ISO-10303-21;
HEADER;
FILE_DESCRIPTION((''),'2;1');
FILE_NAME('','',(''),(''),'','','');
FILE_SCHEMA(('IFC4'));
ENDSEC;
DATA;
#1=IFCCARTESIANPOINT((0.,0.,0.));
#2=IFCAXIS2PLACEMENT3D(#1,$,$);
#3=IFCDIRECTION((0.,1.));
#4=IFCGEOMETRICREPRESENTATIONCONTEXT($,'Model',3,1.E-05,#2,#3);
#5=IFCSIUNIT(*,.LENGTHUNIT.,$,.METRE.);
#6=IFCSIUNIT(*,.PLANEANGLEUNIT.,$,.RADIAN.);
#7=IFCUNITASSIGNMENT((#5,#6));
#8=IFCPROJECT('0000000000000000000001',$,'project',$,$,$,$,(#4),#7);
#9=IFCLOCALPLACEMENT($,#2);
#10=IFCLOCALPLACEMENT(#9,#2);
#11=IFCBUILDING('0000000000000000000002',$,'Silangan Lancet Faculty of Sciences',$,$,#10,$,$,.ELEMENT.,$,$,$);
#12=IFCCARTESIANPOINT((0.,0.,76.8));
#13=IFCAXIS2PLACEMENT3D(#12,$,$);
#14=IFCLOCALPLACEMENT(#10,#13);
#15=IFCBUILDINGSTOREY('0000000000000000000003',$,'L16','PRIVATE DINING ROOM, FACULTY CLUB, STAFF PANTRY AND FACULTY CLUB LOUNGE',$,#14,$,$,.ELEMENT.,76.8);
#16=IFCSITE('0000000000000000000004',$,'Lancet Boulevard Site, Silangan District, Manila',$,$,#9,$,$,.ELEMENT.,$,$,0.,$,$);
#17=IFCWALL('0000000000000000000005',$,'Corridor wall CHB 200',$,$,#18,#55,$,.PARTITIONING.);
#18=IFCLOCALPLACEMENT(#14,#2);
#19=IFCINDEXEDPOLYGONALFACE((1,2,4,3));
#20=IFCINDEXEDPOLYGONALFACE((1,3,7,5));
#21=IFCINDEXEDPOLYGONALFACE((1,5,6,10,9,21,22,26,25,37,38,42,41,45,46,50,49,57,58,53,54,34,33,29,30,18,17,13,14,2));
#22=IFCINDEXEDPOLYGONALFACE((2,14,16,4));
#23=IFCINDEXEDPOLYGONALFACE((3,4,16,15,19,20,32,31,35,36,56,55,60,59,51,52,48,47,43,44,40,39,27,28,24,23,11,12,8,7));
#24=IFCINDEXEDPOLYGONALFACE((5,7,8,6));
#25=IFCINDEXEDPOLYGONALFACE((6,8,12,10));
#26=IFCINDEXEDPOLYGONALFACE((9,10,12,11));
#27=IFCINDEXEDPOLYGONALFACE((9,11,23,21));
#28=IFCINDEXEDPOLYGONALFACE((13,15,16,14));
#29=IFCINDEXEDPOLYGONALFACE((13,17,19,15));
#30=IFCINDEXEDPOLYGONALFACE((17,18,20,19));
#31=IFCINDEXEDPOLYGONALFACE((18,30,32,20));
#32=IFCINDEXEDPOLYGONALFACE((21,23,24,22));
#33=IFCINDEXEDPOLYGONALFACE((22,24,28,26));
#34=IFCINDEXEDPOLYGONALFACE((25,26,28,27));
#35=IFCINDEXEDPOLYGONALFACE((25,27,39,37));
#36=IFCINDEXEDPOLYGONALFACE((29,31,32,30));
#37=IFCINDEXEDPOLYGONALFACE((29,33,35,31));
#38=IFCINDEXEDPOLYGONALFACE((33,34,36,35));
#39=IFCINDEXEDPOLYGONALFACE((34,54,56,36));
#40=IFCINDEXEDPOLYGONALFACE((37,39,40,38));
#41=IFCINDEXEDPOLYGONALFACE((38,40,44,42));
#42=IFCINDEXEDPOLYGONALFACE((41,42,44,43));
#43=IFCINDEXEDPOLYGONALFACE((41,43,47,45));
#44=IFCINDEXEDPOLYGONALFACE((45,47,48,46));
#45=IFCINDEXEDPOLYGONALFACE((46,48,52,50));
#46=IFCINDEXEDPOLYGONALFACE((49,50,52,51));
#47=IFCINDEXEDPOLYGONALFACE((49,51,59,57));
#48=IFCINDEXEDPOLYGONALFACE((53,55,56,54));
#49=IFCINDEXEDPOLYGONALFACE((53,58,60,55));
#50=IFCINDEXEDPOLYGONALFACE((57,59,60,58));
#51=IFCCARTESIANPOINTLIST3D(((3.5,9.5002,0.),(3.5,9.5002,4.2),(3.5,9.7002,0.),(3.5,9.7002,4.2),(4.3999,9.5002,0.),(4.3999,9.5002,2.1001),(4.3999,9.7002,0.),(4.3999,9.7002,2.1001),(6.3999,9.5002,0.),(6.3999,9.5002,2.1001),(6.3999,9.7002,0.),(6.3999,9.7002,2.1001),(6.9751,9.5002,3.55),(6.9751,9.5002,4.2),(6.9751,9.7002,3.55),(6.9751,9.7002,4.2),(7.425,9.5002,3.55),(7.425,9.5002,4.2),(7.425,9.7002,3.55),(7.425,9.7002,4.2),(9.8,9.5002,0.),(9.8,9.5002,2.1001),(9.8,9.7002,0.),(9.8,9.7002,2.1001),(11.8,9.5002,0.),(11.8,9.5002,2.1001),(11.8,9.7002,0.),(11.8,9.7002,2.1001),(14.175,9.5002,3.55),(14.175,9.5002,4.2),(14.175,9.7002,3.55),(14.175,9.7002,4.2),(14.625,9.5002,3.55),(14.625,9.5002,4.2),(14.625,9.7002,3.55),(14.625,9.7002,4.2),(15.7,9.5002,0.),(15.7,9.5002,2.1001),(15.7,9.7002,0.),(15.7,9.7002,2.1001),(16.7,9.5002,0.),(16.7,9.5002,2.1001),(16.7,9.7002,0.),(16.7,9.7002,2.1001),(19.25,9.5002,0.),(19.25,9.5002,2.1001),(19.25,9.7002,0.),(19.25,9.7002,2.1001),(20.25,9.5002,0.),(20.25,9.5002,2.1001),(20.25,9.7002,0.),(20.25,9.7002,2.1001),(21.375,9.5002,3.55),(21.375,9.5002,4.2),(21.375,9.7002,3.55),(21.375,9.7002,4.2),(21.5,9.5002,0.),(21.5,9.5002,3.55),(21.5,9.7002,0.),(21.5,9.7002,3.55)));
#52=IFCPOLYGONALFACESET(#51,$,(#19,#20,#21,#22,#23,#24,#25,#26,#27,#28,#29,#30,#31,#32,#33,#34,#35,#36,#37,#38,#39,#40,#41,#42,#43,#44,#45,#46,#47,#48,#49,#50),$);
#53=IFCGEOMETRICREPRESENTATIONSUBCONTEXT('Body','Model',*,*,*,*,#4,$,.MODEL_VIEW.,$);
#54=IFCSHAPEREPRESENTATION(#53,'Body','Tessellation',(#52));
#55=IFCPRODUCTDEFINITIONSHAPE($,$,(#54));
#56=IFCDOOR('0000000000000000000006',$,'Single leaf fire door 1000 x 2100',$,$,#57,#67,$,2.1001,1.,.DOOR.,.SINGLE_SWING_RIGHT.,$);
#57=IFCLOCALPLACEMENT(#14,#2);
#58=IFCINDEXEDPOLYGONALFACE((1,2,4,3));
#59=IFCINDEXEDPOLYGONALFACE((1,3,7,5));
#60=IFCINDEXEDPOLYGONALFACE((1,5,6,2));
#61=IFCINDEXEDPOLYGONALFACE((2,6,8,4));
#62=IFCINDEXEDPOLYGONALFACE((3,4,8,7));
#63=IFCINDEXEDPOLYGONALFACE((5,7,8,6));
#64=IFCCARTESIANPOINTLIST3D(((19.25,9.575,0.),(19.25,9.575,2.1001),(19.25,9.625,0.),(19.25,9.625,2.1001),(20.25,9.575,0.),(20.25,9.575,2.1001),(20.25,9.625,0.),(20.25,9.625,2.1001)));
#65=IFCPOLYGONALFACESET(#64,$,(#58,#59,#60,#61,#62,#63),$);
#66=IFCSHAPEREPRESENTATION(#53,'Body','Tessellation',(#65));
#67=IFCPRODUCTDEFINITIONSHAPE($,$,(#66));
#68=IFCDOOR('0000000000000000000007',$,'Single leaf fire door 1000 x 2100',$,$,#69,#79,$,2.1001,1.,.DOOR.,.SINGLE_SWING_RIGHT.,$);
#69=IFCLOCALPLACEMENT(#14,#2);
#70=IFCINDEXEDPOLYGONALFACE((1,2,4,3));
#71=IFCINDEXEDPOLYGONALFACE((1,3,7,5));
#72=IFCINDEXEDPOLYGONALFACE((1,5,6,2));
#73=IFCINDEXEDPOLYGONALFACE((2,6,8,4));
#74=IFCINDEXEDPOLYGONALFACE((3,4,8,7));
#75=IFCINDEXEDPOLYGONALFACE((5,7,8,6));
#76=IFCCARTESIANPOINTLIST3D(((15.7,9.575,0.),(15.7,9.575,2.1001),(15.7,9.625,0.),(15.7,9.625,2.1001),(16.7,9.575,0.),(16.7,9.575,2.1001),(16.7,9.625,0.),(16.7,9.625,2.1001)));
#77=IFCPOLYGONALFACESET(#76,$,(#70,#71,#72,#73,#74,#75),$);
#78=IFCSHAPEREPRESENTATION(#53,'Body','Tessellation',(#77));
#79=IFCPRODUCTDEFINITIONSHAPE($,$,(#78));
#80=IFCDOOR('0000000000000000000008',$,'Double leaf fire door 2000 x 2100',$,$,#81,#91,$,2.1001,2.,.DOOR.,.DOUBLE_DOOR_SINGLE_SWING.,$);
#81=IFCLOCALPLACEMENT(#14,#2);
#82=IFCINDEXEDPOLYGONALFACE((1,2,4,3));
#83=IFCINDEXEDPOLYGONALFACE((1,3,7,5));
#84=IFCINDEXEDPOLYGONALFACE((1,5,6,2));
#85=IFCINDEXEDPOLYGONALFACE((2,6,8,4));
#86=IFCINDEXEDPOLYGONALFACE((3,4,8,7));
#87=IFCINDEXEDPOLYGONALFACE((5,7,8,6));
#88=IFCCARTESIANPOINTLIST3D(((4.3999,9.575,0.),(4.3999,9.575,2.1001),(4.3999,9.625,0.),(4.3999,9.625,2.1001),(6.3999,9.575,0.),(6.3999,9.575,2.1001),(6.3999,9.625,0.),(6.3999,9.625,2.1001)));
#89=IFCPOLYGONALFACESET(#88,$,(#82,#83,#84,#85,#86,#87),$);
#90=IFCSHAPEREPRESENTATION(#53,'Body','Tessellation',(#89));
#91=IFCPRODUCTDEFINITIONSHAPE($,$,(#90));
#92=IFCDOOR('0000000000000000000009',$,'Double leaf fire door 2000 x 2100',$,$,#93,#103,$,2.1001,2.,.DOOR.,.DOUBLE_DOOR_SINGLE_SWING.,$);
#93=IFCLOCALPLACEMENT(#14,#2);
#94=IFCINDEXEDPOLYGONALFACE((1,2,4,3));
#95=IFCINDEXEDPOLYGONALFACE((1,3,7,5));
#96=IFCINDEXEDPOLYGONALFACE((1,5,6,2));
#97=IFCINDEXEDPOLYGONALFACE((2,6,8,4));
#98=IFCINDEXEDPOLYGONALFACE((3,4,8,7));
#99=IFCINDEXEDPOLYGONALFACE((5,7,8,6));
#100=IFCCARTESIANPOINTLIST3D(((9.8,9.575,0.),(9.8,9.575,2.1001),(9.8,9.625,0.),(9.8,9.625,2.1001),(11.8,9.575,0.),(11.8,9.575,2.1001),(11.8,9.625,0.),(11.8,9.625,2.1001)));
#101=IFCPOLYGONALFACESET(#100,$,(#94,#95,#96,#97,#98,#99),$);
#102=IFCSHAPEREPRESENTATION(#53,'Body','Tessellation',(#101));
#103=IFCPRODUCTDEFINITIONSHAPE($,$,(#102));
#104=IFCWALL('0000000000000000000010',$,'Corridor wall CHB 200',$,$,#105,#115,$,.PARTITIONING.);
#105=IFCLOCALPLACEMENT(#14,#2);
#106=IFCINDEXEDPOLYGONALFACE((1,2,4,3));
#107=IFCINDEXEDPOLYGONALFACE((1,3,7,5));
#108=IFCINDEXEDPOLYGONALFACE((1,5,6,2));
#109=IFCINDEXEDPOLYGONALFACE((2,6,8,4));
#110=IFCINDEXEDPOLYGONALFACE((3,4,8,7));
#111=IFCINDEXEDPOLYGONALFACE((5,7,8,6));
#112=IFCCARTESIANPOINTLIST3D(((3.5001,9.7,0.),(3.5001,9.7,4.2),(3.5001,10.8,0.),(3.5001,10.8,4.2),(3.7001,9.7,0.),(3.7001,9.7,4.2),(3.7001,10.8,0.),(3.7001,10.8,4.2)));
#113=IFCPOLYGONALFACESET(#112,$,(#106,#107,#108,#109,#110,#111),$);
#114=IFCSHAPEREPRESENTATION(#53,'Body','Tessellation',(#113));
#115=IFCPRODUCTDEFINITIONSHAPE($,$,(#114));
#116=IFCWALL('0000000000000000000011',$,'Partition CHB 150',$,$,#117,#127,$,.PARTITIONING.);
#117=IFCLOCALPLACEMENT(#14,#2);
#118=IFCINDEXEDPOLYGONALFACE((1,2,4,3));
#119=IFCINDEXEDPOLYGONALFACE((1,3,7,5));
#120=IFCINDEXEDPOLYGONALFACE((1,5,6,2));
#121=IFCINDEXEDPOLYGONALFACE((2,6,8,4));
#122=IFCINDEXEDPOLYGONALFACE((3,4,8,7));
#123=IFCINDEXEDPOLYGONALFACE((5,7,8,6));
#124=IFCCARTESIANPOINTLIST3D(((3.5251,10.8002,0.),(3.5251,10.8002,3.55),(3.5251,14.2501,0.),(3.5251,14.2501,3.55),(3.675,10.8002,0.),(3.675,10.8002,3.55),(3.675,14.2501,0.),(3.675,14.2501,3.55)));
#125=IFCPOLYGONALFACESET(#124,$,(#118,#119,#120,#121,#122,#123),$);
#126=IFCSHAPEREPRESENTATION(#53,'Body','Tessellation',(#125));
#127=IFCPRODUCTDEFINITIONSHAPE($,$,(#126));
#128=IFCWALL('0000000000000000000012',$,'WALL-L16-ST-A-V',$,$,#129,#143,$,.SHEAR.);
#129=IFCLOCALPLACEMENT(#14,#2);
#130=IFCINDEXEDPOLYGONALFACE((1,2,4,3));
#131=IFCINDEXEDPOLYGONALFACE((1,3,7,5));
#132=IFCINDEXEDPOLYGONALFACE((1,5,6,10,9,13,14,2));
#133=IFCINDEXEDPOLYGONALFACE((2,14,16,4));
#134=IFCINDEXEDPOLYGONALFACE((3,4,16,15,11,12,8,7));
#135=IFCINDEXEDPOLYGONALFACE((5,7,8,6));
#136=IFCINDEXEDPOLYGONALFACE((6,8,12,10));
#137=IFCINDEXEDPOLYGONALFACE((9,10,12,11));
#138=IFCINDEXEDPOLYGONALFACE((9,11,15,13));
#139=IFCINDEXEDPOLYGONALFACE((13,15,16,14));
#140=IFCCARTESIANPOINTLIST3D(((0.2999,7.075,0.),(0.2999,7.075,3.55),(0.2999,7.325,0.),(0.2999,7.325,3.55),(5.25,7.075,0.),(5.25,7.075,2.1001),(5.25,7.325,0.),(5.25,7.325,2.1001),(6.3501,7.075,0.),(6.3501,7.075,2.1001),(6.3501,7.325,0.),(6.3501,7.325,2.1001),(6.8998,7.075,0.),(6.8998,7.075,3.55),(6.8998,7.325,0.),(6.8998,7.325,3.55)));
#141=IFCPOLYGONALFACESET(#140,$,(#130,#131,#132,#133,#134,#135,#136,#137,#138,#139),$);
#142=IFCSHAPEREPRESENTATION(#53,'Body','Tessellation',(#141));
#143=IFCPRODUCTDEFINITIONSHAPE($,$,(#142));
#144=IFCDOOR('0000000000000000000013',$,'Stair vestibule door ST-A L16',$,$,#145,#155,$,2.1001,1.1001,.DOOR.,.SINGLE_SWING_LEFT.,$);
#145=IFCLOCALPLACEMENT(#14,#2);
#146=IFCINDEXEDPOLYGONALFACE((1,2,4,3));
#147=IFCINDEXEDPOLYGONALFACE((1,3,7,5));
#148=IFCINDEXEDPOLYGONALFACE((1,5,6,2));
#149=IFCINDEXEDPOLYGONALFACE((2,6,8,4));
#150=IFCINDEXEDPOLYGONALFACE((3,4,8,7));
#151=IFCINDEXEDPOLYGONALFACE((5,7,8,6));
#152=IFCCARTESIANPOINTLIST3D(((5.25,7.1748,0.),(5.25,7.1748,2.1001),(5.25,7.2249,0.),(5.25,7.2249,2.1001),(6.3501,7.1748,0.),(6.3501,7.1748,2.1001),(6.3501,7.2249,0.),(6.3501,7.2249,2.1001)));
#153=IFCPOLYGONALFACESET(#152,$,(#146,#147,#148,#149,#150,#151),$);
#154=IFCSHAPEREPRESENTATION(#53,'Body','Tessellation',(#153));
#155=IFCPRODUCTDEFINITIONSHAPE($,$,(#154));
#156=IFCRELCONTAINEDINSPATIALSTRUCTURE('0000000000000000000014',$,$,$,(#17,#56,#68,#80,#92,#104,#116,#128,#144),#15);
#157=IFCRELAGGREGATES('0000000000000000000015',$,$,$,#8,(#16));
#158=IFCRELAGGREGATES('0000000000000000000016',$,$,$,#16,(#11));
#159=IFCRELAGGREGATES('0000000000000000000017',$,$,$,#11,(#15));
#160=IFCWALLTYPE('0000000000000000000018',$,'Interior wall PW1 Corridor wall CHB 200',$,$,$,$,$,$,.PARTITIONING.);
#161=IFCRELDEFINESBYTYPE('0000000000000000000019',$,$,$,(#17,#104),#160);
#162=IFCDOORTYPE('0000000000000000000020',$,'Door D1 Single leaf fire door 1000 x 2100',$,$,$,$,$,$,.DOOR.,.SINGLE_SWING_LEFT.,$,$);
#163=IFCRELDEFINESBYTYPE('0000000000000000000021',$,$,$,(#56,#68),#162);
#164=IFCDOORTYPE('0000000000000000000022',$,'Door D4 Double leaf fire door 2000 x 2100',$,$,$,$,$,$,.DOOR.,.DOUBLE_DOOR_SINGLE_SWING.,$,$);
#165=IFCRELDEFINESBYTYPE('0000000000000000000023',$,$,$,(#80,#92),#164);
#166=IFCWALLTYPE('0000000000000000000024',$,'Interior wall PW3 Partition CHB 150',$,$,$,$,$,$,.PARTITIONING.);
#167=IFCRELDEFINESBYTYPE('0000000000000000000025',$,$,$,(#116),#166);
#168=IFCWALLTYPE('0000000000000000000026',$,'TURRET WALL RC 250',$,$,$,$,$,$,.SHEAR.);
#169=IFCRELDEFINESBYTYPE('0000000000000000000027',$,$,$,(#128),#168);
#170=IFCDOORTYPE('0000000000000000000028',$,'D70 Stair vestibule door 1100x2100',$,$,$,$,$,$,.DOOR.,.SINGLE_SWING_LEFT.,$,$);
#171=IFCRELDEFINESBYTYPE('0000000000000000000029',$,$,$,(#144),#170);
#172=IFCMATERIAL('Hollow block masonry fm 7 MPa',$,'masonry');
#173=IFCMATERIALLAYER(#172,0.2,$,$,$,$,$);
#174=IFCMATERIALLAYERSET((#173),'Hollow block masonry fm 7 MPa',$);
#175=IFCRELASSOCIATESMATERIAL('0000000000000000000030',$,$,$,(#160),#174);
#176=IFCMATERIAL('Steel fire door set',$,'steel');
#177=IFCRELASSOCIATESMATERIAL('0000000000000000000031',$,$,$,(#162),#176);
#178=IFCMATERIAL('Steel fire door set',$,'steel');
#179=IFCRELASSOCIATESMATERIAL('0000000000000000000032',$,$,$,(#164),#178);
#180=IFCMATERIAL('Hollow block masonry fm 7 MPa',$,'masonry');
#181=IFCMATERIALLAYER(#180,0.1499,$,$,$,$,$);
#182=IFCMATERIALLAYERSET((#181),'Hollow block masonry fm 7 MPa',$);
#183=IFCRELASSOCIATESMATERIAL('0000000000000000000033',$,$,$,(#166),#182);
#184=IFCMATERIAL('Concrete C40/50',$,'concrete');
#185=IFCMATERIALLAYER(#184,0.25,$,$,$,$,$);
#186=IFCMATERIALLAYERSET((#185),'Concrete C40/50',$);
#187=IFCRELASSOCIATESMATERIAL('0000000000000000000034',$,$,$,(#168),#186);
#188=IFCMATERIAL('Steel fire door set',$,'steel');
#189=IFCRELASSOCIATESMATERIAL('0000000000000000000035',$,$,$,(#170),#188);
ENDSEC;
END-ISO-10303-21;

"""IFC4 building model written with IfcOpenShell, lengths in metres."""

from ifc_helpers import new_model, si_unit, direction, frame, frame_2d, origin, place, context, subcontext, project, spatial, polyline, rectangle, outline, extrude, material, layer, layer_set, type_object, element, fill, save


model = new_model("IFC4")

# Units and contexts
model_context = context("Model", 3, precision=1e-05, world=origin(), true_north=direction((0.0, 1.0)))
body_context = subcontext(model_context, "Body", "Model", "MODEL_VIEW")
ifc_project = project(units=[si_unit("LENGTHUNIT", "METRE"), si_unit("PLANEANGLEUNIT", "RADIAN")], contexts=[model_context])

# Site, building, storey
site_placement = place(None, origin())
site = spatial("IfcSite", under=ifc_project, at=site_placement, Name="Lancet Boulevard Site, Silangan District, Manila", CompositionType="ELEMENT", RefElevation=0.0)
building_placement = place(site_placement, origin())
building = spatial("IfcBuilding", under=site, at=building_placement, Name="Silangan Lancet Faculty of Sciences", CompositionType="ELEMENT")
storey_placement = place(building_placement, frame((0.0, 0.0, 76.8)))
storey = spatial("IfcBuildingStorey", under=building, at=storey_placement, Name="L16", Description="PRIVATE DINING ROOM, FACULTY CLUB, STAFF PANTRY AND FACULTY CLUB LOUNGE", CompositionType="ELEMENT", Elevation=76.8)

# Wall, openings, doors
ifc_material_1 = material(Name="Hollow block masonry fm 7 MPa", Category="masonry")
ifc_layer_1 = layer(ifc_material_1, 0.2)
ifc_layer_set_1 = layer_set([ifc_layer_1], Name="Hollow block masonry fm 7 MPa")
wall_type_1 = type_object("IfcWallType", Name="Interior wall PW1 Corridor wall CHB 200", PredefinedType="PARTITIONING", material=ifc_layer_set_1)
wall_1_placement = place(storey_placement, frame((3.5, 9.6001, 0.0), z_axis=(0.0, 0.0, 1.0), x_axis=(1.0, 0.0, 0.0)))
wall_1 = element("IfcWall", 1, at=wall_1_placement, inside=storey, type_object=wall_type_1, Name="Corridor wall CHB 200", PredefinedType="PARTITIONING", context=body_context, shape_type="SweptSolid", body=[
    extrude(outline(polyline([(0.0, 0.0), (18.0, 0.0), (18.0, 3.55), (17.875, 3.55), (17.875, 4.2), (11.125, 4.2), (11.125, 3.55), (10.675, 3.55), (10.675, 4.2), (3.925, 4.2), (3.925, 3.55), (3.4751, 3.55), (3.4751, 4.2), (0.0, 4.2), (0.0, 0.0)])), frame((0.0, 0.1001, 0.0), z_axis=(0.0, -1.0, 0.0), x_axis=(1.0, 0.0, 0.0)), (0.0, 0.0, 1.0), 0.2),
])
opening_1_placement = place(wall_1_placement, frame((15.75, 0.0, 0.0)))
opening_1 = element("IfcOpeningElement", 2, at=opening_1_placement, cuts=wall_1, PredefinedType="OPENING", context=body_context, shape_type="SweptSolid", body=[
    extrude(rectangle(XDim=1.0, YDim=2.1001, at=frame_2d((0.5, 1.05))), frame((0.0, 0.1099, 0.0), z_axis=(0.0, -1.0, 0.0), x_axis=(1.0, 0.0, 0.0)), (0.0, 0.0, 1.0), 0.22),
])
opening_2_placement = place(wall_1_placement, frame((0.8999, 0.0, 0.0)))
opening_2 = element("IfcOpeningElement", 3, at=opening_2_placement, cuts=wall_1, PredefinedType="OPENING", context=body_context, shape_type="SweptSolid", body=[
    extrude(rectangle(XDim=2.0, YDim=2.1001, at=frame_2d((1.0, 1.05))), frame((0.0, 0.1099, 0.0), z_axis=(0.0, -1.0, 0.0), x_axis=(1.0, 0.0, 0.0)), (0.0, 0.0, 1.0), 0.22),
])
opening_3_placement = place(wall_1_placement, frame((6.3, 0.0, 0.0)))
opening_3 = element("IfcOpeningElement", 4, at=opening_3_placement, cuts=wall_1, PredefinedType="OPENING", context=body_context, shape_type="SweptSolid", body=[
    extrude(rectangle(XDim=2.0, YDim=2.1001, at=frame_2d((1.0, 1.05))), frame((0.0, 0.1099, 0.0), z_axis=(0.0, -1.0, 0.0), x_axis=(1.0, 0.0, 0.0)), (0.0, 0.0, 1.0), 0.22),
])
opening_4_placement = place(wall_1_placement, frame((12.2, 0.0, 0.0)))
opening_4 = element("IfcOpeningElement", 5, at=opening_4_placement, cuts=wall_1, PredefinedType="OPENING", context=body_context, shape_type="SweptSolid", body=[
    extrude(rectangle(XDim=1.0, YDim=2.1001, at=frame_2d((0.5, 1.05))), frame((0.0, 0.1099, 0.0), z_axis=(0.0, -1.0, 0.0), x_axis=(1.0, 0.0, 0.0)), (0.0, 0.0, 1.0), 0.22),
])
ifc_material_2 = material(Name="Steel fire door set", Category="steel")
door_type_1 = type_object("IfcDoorType", Name="Door D1 Single leaf fire door 1000 x 2100", OperationType="SINGLE_SWING_LEFT", PredefinedType="DOOR", material=ifc_material_2)
door_1_placement = place(opening_1_placement, origin())
door_1 = element("IfcDoor", 6, at=door_1_placement, inside=storey, type_object=door_type_1, Name="Single leaf fire door 1000 x 2100", OperationType="SINGLE_SWING_RIGHT", OverallHeight=2.1001, OverallWidth=1.0, PredefinedType="DOOR", context=body_context, shape_type="SweptSolid", body=[
    extrude(rectangle(XDim=1.0, YDim=2.1001, at=frame_2d((0.5, 1.05))), frame((0.0, 0.0249, 0.0), z_axis=(0.0, -1.0, 0.0), x_axis=(1.0, 0.0, 0.0)), (0.0, 0.0, 1.0), 0.05),
])
fill(opening_1, door_1)
door_2_placement = place(opening_4_placement, origin())
door_2 = element("IfcDoor", 7, at=door_2_placement, inside=storey, type_object=door_type_1, Name="Single leaf fire door 1000 x 2100", OperationType="SINGLE_SWING_RIGHT", OverallHeight=2.1001, OverallWidth=1.0, PredefinedType="DOOR", context=body_context, shape_type="SweptSolid", body=[
    extrude(rectangle(XDim=1.0, YDim=2.1001, at=frame_2d((0.5, 1.05))), frame((0.0, 0.0249, 0.0), z_axis=(0.0, -1.0, 0.0), x_axis=(1.0, 0.0, 0.0)), (0.0, 0.0, 1.0), 0.05),
])
fill(opening_4, door_2)
ifc_material_3 = material(Name="Steel fire door set", Category="steel")
door_type_2 = type_object("IfcDoorType", Name="Door D4 Double leaf fire door 2000 x 2100", OperationType="DOUBLE_DOOR_SINGLE_SWING", PredefinedType="DOOR", material=ifc_material_3)
door_3_placement = place(opening_2_placement, origin())
door_3 = element("IfcDoor", 8, at=door_3_placement, inside=storey, type_object=door_type_2, Name="Double leaf fire door 2000 x 2100", OperationType="DOUBLE_DOOR_SINGLE_SWING", OverallHeight=2.1001, OverallWidth=2.0, PredefinedType="DOOR", context=body_context, shape_type="SweptSolid", body=[
    extrude(rectangle(XDim=2.0, YDim=2.1001, at=frame_2d((1.0, 1.05))), frame((0.0, 0.0249, 0.0), z_axis=(0.0, -1.0, 0.0), x_axis=(1.0, 0.0, 0.0)), (0.0, 0.0, 1.0), 0.05),
])
fill(opening_2, door_3)
door_4_placement = place(opening_3_placement, origin())
door_4 = element("IfcDoor", 9, at=door_4_placement, inside=storey, type_object=door_type_2, Name="Double leaf fire door 2000 x 2100", OperationType="DOUBLE_DOOR_SINGLE_SWING", OverallHeight=2.1001, OverallWidth=2.0, PredefinedType="DOOR", context=body_context, shape_type="SweptSolid", body=[
    extrude(rectangle(XDim=2.0, YDim=2.1001, at=frame_2d((1.0, 1.05))), frame((0.0, 0.0249, 0.0), z_axis=(0.0, -1.0, 0.0), x_axis=(1.0, 0.0, 0.0)), (0.0, 0.0, 1.0), 0.05),
])
fill(opening_3, door_4)

# Walls
wall_2_placement = place(storey_placement, frame((3.6001, 9.7, 0.0), z_axis=(0.0, 0.0, 1.0), x_axis=(0.0, 1.0, 0.0)))
element("IfcWall", 10, at=wall_2_placement, inside=storey, type_object=wall_type_1, Name="Corridor wall CHB 200", PredefinedType="PARTITIONING", context=body_context, shape_type="SweptSolid", body=[
    extrude(rectangle(XDim=1.1001, YDim=0.2, at=frame_2d((0.55, 0.0))), origin(), (0.0, 0.0, 1.0), 4.2),
])
ifc_material_4 = material(Name="Hollow block masonry fm 7 MPa", Category="masonry")
ifc_layer_2 = layer(ifc_material_4, 0.1499)
ifc_layer_set_2 = layer_set([ifc_layer_2], Name="Hollow block masonry fm 7 MPa")
wall_type_2 = type_object("IfcWallType", Name="Interior wall PW3 Partition CHB 150", PredefinedType="PARTITIONING", material=ifc_layer_set_2)
wall_3_placement = place(storey_placement, frame((3.6001, 10.8, 0.0), z_axis=(0.0, 0.0, 1.0), x_axis=(0.0, 1.0, 0.0)))
element("IfcWall", 11, at=wall_3_placement, inside=storey, type_object=wall_type_2, Name="Partition CHB 150", PredefinedType="PARTITIONING", context=body_context, shape_type="SweptSolid", body=[
    extrude(rectangle(XDim=3.45, YDim=0.1499, at=frame_2d((1.7251, 0.0))), origin(), (0.0, 0.0, 1.0), 3.55),
])

# Wall, opening, door
ifc_material_5 = material(Name="Concrete C40/50", Category="concrete")
ifc_layer_3 = layer(ifc_material_5, 0.25)
ifc_layer_set_3 = layer_set([ifc_layer_3], Name="Concrete C40/50")
wall_type_3 = type_object("IfcWallType", Name="TURRET WALL RC 250", PredefinedType="SHEAR", material=ifc_layer_set_3)
wall_4_placement = place(storey_placement, frame((0.3, 7.2, 0.0), z_axis=(0.0, 0.0, 1.0), x_axis=(1.0, 0.0, 0.0)))
wall_4 = element("IfcWall", 12, at=wall_4_placement, inside=storey, type_object=wall_type_3, Name="WALL-L16-ST-A-V", PredefinedType="SHEAR", context=body_context, shape_type="SweptSolid", body=[
    extrude(rectangle(XDim=6.5999, YDim=0.25, at=frame_2d((3.2998, 0.0))), origin(), (0.0, 0.0, 1.0), 3.55),
])
opening_5_placement = place(wall_4_placement, frame((4.95, 0.0, 0.0)))
opening_5 = element("IfcOpeningElement", 13, at=opening_5_placement, cuts=wall_4, PredefinedType="OPENING", context=body_context, shape_type="SweptSolid", body=[
    extrude(rectangle(XDim=1.1001, YDim=2.1001, at=frame_2d((0.55, 1.05))), frame((0.0, 0.135, 0.0), z_axis=(0.0, -1.0, 0.0), x_axis=(1.0, 0.0, 0.0)), (0.0, 0.0, 1.0), 0.27),
])
ifc_material_6 = material(Name="Steel fire door set", Category="steel")
door_type_3 = type_object("IfcDoorType", Name="D70 Stair vestibule door 1100x2100", OperationType="SINGLE_SWING_LEFT", PredefinedType="DOOR", material=ifc_material_6)
door_5_placement = place(opening_5_placement, frame((1.1001, 0.0, 0.0), z_axis=(0.0, 0.0, 1.0), x_axis=(-1.0, 0.0, 0.0)))
door_5 = element("IfcDoor", 14, at=door_5_placement, inside=storey, type_object=door_type_3, Name="Stair vestibule door ST-A L16", OperationType="SINGLE_SWING_LEFT", OverallHeight=2.1001, OverallWidth=1.1001, PredefinedType="DOOR", context=body_context, shape_type="SweptSolid", body=[
    extrude(rectangle(XDim=1.1001, YDim=2.1001, at=frame_2d((0.55, 1.05))), frame((0.0, 0.0251, 0.0), z_axis=(0.0, -1.0, 0.0), x_axis=(1.0, 0.0, 0.0)), (0.0, 0.0, 1.0), 0.05),
])
fill(opening_5, door_5)

save(model, "model.ifc")
